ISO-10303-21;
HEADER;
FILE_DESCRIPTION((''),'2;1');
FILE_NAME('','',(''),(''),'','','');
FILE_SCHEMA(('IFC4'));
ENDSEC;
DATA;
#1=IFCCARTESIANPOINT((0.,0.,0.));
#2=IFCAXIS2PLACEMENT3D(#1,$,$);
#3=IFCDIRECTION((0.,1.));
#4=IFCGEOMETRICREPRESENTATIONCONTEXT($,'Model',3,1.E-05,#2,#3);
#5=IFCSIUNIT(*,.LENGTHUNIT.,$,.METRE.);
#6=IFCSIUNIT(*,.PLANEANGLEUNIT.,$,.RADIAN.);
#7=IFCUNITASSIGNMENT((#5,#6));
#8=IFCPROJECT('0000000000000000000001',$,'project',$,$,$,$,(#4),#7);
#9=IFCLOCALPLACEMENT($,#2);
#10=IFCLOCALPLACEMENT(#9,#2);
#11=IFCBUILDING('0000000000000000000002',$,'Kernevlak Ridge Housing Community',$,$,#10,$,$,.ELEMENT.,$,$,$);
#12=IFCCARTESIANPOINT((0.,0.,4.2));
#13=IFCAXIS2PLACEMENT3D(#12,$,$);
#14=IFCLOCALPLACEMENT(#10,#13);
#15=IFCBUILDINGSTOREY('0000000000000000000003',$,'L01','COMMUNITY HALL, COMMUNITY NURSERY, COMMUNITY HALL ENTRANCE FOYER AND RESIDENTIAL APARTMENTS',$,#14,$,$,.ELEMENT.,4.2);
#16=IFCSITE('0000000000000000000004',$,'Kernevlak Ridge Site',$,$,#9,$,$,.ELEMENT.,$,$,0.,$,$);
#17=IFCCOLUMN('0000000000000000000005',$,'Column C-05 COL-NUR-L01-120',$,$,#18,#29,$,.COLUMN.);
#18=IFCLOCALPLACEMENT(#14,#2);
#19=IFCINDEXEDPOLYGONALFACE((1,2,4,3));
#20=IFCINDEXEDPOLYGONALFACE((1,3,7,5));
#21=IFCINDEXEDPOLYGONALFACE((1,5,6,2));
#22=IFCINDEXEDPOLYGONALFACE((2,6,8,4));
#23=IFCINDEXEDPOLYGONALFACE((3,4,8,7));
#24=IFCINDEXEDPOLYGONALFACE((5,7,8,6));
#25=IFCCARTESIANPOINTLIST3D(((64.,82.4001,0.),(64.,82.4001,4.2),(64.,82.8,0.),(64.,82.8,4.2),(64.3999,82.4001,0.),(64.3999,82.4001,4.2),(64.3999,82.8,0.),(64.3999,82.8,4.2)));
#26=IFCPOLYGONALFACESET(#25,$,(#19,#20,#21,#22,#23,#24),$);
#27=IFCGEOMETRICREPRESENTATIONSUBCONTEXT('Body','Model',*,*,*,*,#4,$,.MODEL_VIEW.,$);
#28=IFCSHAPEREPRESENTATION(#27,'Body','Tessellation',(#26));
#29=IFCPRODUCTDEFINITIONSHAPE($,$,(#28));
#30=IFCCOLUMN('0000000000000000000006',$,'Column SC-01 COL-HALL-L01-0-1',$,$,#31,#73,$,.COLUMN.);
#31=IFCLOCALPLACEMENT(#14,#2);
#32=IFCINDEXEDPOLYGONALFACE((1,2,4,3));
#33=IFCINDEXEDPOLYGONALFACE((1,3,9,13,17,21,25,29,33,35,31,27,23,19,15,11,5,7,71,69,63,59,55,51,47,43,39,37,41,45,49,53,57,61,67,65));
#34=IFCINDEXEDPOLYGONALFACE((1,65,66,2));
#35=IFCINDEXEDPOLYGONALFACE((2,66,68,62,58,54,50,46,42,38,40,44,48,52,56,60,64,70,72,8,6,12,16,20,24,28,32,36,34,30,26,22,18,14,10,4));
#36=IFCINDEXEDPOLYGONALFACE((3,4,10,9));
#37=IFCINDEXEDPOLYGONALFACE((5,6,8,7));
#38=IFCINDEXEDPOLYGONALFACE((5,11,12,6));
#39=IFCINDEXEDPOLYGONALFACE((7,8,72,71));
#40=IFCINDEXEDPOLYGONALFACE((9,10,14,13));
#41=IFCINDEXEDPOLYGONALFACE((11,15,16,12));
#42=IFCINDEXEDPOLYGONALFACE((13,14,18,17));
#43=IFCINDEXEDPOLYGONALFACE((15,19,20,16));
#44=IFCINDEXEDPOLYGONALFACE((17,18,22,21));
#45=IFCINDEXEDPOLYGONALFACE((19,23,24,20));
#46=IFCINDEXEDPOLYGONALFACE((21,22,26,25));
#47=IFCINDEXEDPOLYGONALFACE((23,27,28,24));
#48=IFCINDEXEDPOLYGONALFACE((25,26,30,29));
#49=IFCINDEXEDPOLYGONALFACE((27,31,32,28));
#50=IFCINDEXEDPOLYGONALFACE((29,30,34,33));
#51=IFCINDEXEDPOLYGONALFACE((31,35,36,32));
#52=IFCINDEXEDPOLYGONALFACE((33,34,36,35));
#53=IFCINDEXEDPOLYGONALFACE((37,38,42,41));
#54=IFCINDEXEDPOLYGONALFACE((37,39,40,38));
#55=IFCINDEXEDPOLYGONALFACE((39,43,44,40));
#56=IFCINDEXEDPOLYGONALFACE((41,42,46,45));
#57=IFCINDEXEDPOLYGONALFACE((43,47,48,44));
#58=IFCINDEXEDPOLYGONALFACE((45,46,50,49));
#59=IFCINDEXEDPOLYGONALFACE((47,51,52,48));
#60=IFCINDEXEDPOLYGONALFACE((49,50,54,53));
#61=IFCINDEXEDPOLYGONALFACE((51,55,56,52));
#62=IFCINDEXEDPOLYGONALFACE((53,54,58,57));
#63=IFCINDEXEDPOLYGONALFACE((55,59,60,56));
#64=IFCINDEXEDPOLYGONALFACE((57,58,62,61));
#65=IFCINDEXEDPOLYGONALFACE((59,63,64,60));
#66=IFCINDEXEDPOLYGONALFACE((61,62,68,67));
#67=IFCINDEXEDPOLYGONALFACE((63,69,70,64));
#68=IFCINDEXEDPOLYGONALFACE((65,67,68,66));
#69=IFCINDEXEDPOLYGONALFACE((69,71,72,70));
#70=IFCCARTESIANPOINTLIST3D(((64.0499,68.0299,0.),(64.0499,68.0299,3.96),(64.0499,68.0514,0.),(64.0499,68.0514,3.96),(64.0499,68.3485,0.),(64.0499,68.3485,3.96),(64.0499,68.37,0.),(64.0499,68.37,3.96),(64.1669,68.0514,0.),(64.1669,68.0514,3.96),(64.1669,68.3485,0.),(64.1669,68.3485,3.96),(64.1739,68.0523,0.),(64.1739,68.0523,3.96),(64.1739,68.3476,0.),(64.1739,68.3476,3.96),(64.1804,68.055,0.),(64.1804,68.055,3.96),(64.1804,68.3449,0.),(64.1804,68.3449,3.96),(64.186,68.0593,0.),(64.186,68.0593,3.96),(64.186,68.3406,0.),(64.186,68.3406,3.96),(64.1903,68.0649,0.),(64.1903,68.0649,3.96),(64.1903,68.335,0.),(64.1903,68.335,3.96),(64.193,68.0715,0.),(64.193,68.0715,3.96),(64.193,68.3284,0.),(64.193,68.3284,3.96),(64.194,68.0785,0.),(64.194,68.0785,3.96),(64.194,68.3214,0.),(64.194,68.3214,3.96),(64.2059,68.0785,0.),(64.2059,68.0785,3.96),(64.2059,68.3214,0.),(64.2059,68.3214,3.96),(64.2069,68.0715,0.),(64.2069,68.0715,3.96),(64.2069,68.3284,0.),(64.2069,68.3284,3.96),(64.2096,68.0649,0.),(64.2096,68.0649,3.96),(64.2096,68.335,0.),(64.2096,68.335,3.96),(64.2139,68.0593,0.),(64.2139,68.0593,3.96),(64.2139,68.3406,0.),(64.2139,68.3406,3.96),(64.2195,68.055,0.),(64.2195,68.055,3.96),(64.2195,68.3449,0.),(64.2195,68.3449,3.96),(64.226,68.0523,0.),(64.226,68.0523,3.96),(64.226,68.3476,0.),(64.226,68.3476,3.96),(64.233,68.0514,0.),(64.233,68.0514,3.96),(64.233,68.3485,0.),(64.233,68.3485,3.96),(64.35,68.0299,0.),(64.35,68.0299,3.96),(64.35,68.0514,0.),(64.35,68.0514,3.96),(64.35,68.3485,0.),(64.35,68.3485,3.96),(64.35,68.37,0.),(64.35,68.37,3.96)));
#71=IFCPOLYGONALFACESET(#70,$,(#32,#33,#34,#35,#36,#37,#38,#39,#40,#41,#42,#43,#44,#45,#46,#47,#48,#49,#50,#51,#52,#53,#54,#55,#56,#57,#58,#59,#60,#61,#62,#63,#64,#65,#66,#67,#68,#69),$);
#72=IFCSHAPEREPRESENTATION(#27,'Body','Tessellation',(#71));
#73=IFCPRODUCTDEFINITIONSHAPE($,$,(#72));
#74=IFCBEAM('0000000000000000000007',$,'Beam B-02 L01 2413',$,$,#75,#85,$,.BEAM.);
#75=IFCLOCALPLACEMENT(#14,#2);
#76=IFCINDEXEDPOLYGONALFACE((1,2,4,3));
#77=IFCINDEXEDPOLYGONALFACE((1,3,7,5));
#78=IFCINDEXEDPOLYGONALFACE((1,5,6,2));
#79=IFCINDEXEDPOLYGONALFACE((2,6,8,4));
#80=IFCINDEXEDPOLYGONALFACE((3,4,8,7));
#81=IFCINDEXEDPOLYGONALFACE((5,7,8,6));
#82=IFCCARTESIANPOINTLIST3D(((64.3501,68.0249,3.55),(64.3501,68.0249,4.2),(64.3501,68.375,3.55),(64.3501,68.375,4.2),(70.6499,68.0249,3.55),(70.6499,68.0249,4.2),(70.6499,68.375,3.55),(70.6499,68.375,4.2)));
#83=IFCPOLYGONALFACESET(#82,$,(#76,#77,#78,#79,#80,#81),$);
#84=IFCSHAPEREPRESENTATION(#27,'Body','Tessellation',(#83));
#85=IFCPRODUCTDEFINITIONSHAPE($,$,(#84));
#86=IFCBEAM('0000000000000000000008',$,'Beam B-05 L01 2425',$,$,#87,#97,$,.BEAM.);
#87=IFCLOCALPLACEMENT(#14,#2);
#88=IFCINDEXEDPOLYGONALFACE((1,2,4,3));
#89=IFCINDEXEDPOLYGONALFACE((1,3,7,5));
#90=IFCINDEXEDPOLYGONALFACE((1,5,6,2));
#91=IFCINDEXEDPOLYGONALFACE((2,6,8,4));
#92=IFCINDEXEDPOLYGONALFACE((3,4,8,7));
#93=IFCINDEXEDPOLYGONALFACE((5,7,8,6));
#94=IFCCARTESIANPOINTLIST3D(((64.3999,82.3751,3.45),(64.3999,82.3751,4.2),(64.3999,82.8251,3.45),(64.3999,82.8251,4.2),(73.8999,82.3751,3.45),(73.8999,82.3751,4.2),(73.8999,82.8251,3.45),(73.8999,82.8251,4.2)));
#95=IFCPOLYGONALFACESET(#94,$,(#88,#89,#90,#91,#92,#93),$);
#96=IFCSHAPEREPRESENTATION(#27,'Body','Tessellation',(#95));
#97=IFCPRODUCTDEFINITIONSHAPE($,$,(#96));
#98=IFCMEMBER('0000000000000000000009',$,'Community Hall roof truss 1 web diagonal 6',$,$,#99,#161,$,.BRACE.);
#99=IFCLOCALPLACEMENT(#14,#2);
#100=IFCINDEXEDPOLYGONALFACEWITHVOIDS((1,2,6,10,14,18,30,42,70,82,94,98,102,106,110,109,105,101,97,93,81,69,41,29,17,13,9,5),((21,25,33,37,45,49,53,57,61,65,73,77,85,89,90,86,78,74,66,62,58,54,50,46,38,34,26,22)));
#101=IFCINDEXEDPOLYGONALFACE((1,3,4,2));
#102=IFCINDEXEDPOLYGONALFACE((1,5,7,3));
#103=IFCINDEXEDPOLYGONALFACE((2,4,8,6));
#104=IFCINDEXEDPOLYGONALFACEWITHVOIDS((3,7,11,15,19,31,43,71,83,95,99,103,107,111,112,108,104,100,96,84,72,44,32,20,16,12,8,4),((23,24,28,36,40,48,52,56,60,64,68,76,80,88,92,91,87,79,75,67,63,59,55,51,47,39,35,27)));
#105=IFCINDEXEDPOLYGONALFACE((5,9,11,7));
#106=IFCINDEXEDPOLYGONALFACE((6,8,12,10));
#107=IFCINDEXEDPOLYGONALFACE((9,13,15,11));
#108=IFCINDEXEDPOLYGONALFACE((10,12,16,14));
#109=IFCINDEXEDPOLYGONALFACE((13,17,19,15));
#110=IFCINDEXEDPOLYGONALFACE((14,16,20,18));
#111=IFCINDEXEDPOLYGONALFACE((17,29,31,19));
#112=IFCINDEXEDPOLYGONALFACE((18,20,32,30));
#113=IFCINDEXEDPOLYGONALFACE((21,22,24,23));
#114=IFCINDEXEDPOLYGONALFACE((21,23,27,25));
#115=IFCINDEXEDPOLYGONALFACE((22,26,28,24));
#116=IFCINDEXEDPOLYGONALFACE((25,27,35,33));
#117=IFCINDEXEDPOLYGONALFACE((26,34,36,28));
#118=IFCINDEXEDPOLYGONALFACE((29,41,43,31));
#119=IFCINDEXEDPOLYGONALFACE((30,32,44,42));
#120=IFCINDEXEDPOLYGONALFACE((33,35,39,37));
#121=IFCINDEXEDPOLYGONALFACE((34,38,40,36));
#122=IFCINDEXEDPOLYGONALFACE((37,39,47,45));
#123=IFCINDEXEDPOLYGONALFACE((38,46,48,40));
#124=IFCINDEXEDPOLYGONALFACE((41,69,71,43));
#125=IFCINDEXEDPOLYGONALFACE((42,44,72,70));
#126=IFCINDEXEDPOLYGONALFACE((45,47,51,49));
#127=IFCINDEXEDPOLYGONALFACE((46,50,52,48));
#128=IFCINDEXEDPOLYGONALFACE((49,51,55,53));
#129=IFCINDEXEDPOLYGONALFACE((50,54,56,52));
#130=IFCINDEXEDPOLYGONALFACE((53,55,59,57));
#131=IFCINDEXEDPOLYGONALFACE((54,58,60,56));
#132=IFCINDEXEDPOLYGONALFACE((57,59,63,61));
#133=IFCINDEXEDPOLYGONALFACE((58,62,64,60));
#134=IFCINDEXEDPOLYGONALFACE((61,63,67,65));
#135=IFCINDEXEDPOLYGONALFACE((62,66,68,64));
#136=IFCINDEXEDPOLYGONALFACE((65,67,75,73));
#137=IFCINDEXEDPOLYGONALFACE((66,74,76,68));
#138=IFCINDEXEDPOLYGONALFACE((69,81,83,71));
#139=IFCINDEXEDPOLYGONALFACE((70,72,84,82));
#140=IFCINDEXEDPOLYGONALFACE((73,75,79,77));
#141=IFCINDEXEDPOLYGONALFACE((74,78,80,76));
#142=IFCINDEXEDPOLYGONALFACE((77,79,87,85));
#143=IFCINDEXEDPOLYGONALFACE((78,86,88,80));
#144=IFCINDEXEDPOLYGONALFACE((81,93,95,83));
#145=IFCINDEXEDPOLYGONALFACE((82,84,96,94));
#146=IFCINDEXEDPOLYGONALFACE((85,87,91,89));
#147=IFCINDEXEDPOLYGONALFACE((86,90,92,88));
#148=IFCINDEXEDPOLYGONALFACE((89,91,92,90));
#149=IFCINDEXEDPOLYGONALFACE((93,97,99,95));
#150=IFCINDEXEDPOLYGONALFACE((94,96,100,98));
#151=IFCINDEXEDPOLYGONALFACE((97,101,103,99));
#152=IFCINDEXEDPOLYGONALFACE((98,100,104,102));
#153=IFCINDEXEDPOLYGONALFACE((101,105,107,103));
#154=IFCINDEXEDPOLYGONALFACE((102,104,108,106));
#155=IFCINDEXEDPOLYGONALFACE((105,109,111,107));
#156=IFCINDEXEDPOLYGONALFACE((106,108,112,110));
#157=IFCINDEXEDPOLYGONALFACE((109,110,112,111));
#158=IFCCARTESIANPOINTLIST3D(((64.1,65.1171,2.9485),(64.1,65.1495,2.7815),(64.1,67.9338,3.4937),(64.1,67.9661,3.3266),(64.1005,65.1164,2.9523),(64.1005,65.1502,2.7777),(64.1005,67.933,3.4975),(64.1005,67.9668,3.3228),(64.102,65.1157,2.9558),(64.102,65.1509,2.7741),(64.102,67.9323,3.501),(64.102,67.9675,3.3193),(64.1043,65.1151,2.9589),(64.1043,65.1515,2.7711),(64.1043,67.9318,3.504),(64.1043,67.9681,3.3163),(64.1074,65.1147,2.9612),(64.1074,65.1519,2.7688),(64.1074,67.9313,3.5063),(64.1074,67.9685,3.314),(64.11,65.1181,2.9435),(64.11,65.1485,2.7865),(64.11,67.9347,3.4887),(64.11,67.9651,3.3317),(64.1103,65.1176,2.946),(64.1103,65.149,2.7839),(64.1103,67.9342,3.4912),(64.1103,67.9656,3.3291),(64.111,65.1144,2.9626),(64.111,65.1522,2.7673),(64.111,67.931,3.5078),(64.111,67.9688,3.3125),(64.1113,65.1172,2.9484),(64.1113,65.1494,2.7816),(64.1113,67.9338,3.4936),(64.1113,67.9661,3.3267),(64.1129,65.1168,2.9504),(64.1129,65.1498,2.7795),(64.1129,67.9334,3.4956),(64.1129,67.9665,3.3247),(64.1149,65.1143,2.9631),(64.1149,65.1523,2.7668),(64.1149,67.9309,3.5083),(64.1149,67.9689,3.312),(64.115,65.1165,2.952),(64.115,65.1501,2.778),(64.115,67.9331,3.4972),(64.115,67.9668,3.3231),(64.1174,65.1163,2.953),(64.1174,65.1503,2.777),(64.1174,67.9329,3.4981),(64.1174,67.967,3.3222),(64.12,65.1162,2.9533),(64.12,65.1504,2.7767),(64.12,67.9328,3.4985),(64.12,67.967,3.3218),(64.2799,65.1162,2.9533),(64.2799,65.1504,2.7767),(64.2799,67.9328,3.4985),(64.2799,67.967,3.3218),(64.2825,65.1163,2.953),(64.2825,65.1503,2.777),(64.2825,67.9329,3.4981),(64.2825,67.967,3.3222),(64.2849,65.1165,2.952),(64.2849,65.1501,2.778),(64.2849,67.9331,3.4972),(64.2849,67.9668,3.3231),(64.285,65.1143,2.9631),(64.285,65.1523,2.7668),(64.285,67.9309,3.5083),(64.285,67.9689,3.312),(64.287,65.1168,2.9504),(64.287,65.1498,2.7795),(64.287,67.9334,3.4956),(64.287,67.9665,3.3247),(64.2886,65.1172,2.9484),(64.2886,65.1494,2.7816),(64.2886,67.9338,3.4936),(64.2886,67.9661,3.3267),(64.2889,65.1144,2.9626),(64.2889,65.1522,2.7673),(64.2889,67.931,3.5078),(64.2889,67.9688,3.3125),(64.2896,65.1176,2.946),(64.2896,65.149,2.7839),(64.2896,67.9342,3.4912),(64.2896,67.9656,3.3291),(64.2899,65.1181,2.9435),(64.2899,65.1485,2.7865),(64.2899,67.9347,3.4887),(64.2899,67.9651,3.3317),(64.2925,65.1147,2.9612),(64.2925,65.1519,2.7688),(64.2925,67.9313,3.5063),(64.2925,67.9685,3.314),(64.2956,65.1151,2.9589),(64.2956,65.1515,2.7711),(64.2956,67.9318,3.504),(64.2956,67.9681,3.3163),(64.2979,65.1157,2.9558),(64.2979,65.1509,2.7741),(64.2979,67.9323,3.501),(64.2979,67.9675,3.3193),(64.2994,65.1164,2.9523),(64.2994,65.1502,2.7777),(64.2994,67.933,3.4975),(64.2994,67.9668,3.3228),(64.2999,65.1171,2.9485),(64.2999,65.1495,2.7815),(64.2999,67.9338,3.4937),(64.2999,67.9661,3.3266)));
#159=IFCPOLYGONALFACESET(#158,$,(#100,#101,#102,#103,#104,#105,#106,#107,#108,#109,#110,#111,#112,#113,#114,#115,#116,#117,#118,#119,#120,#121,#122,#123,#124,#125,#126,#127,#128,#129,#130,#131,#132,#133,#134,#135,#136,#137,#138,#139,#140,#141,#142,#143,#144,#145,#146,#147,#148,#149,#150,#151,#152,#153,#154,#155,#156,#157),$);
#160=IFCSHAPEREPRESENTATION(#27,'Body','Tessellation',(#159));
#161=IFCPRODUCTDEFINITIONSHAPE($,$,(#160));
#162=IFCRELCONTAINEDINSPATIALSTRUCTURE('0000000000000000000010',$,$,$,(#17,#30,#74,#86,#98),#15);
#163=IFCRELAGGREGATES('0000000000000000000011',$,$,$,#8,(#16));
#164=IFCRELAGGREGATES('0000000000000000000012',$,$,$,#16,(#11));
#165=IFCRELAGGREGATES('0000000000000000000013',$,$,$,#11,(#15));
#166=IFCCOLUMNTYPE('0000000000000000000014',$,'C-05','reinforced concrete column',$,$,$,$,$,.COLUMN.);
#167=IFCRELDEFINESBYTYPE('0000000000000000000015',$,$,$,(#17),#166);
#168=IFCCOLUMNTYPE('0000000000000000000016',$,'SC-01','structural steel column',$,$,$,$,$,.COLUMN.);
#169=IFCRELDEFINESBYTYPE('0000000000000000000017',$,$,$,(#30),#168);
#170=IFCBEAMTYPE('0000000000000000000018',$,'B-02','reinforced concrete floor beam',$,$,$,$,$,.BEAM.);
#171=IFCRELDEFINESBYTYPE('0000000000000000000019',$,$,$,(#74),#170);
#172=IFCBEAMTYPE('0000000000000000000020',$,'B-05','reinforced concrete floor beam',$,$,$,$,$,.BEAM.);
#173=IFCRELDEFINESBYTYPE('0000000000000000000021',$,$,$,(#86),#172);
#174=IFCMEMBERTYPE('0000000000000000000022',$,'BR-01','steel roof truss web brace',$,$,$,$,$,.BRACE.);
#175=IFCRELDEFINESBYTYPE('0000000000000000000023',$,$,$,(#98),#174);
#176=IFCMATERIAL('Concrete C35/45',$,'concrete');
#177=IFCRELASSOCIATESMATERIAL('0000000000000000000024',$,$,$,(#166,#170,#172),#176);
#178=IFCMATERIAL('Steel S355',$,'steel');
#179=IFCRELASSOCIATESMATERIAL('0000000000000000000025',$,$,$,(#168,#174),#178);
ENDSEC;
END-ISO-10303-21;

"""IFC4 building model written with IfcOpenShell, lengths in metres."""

from ifc_helpers import new_model, si_unit, direction, frame, origin, origin_2d, place, context, subcontext, project, spatial, rectangle, hollow_rectangle, i_section, extrude, material, material_profile, profile_set, type_object, element, save


model = new_model("IFC4")

# Units and contexts
model_context = context("Model", 3, precision=1e-05, world=origin(), true_north=direction((0.0, 1.0)))
body_context = subcontext(model_context, "Body", "Model", "MODEL_VIEW")
ifc_project = project(units=[si_unit("LENGTHUNIT", "METRE"), si_unit("PLANEANGLEUNIT", "RADIAN")], contexts=[model_context])

# Site, building, storey
site_placement = place(None, origin())
site = spatial("IfcSite", under=ifc_project, at=site_placement, Name="Kernevlak Ridge Site", CompositionType="ELEMENT", RefElevation=0.0)
building_placement = place(site_placement, origin())
building = spatial("IfcBuilding", under=site, at=building_placement, Name="Kernevlak Ridge Housing Community", CompositionType="ELEMENT")
storey_placement = place(building_placement, frame((0.0, 0.0, 4.2)))
storey = spatial("IfcBuildingStorey", under=building, at=storey_placement, Name="L01", Description="COMMUNITY HALL, COMMUNITY NURSERY, COMMUNITY HALL ENTRANCE FOYER AND RESIDENTIAL APARTMENTS", CompositionType="ELEMENT", Elevation=4.2)

# Columns
ifc_material_1 = material(Name="Concrete C35/45", Category="concrete")
ifc_material_profile_1 = material_profile(ifc_material_1, rectangle(XDim=0.3999, YDim=0.3999, at=origin_2d()), Name="RC 400x400")
ifc_profile_set_1 = profile_set([ifc_material_profile_1], Name="Concrete C35/45")
column_type_1 = type_object("IfcColumnType", Name="C-05", Description="reinforced concrete column", PredefinedType="COLUMN", material=ifc_profile_set_1)
column_1_placement = place(storey_placement, frame((64.2, 82.6001, 0.0), z_axis=(0.0, 0.0, 1.0), x_axis=(1.0, 0.0, 0.0)))
element("IfcColumn", 1, at=column_1_placement, inside=storey, type_object=column_type_1, Name="Column C-05 COL-NUR-L01-120", PredefinedType="COLUMN", context=body_context, shape_type="SweptSolid", body=[
    extrude(rectangle(XDim=0.3999, YDim=0.3999, at=origin_2d()), origin(), (0.0, 0.0, 1.0), 4.2),
])
ifc_material_2 = material(Name="Steel S355", Category="steel")
ifc_material_profile_2 = material_profile(ifc_material_2, i_section(OverallWidth=0.3, OverallDepth=0.3401, WebThickness=0.012, FlangeThickness=0.0215, FilletRadius=0.0271, at=origin_2d()), Name="HEB 340")
ifc_profile_set_2 = profile_set([ifc_material_profile_2], Name="Steel S355")
column_type_2 = type_object("IfcColumnType", Name="SC-01", Description="structural steel column", PredefinedType="COLUMN", material=ifc_profile_set_2)
column_2_placement = place(storey_placement, frame((64.2, 68.2, 0.0), z_axis=(0.0, 0.0, 1.0), x_axis=(1.0, 0.0, 0.0)))
element("IfcColumn", 2, at=column_2_placement, inside=storey, type_object=column_type_2, Name="Column SC-01 COL-HALL-L01-0-1", PredefinedType="COLUMN", context=body_context, shape_type="SweptSolid", body=[
    extrude(i_section(OverallWidth=0.3, OverallDepth=0.3401, WebThickness=0.012, FlangeThickness=0.0215, FilletRadius=0.0271, at=origin_2d()), origin(), (0.0, 0.0, 1.0), 3.96),
])

# Beams
ifc_material_profile_3 = material_profile(ifc_material_1, rectangle(XDim=0.3501, YDim=0.6499, at=origin_2d()), Name="RC 350x650")
ifc_profile_set_3 = profile_set([ifc_material_profile_3], Name="Concrete C35/45")
beam_type_1 = type_object("IfcBeamType", Name="B-02", Description="reinforced concrete floor beam", PredefinedType="BEAM", material=ifc_profile_set_3)
beam_1_placement = place(storey_placement, frame((64.3501, 68.2, 3.875), z_axis=(1.0, 0.0, 0.0), x_axis=(0.0, 1.0, 0.0)))
element("IfcBeam", 3, at=beam_1_placement, inside=storey, type_object=beam_type_1, Name="Beam B-02 L01 2413", PredefinedType="BEAM", context=body_context, shape_type="SweptSolid", body=[
    extrude(rectangle(XDim=0.3501, YDim=0.6499, at=origin_2d()), origin(), (0.0, 0.0, 1.0), 6.2998),
])
ifc_material_profile_4 = material_profile(ifc_material_1, rectangle(XDim=0.45, YDim=0.75, at=origin_2d()), Name="RC 450x750")
ifc_profile_set_4 = profile_set([ifc_material_profile_4], Name="Concrete C35/45")
beam_type_2 = type_object("IfcBeamType", Name="B-05", Description="reinforced concrete floor beam", PredefinedType="BEAM", material=ifc_profile_set_4)
beam_2_placement = place(storey_placement, frame((64.3999, 82.6001, 3.825), z_axis=(1.0, 0.0, 0.0), x_axis=(0.0, 1.0, 0.0)))
element("IfcBeam", 4, at=beam_2_placement, inside=storey, type_object=beam_type_2, Name="Beam B-05 L01 2425", PredefinedType="BEAM", context=body_context, shape_type="SweptSolid", body=[
    extrude(rectangle(XDim=0.45, YDim=0.75, at=origin_2d()), origin(), (0.0, 0.0, 1.0), 9.5),
])

# Member
ifc_material_profile_5 = material_profile(ifc_material_2, hollow_rectangle(XDim=0.2, YDim=0.2, WallThickness=0.01, InnerFilletRadius=0.01, OuterFilletRadius=0.0149, at=origin_2d()), Name="SHS 200x200x10")
ifc_profile_set_5 = profile_set([ifc_material_profile_5], Name="Steel S355")
member_type_1 = type_object("IfcMemberType", Name="BR-01", Description="steel roof truss web brace", PredefinedType="BRACE", material=ifc_profile_set_5)
member_1_placement = place(storey_placement, frame((64.2, 65.1333, 2.865), z_axis=(0.0, 0.981779, 0.190025), x_axis=(-1.0, 0.0, 0.0)))
element("IfcMember", 5, at=member_1_placement, inside=storey, type_object=member_type_1, Name="Community Hall roof truss 1 web diagonal 6", PredefinedType="BRACE", context=body_context, shape_type="SweptSolid", body=[
    extrude(hollow_rectangle(XDim=0.2, YDim=0.2, WallThickness=0.01, InnerFilletRadius=0.01, OuterFilletRadius=0.0149, at=origin_2d()), origin(), (0.0, 0.0, 1.0), 2.8689),
])

save(model, "model.ifc")
